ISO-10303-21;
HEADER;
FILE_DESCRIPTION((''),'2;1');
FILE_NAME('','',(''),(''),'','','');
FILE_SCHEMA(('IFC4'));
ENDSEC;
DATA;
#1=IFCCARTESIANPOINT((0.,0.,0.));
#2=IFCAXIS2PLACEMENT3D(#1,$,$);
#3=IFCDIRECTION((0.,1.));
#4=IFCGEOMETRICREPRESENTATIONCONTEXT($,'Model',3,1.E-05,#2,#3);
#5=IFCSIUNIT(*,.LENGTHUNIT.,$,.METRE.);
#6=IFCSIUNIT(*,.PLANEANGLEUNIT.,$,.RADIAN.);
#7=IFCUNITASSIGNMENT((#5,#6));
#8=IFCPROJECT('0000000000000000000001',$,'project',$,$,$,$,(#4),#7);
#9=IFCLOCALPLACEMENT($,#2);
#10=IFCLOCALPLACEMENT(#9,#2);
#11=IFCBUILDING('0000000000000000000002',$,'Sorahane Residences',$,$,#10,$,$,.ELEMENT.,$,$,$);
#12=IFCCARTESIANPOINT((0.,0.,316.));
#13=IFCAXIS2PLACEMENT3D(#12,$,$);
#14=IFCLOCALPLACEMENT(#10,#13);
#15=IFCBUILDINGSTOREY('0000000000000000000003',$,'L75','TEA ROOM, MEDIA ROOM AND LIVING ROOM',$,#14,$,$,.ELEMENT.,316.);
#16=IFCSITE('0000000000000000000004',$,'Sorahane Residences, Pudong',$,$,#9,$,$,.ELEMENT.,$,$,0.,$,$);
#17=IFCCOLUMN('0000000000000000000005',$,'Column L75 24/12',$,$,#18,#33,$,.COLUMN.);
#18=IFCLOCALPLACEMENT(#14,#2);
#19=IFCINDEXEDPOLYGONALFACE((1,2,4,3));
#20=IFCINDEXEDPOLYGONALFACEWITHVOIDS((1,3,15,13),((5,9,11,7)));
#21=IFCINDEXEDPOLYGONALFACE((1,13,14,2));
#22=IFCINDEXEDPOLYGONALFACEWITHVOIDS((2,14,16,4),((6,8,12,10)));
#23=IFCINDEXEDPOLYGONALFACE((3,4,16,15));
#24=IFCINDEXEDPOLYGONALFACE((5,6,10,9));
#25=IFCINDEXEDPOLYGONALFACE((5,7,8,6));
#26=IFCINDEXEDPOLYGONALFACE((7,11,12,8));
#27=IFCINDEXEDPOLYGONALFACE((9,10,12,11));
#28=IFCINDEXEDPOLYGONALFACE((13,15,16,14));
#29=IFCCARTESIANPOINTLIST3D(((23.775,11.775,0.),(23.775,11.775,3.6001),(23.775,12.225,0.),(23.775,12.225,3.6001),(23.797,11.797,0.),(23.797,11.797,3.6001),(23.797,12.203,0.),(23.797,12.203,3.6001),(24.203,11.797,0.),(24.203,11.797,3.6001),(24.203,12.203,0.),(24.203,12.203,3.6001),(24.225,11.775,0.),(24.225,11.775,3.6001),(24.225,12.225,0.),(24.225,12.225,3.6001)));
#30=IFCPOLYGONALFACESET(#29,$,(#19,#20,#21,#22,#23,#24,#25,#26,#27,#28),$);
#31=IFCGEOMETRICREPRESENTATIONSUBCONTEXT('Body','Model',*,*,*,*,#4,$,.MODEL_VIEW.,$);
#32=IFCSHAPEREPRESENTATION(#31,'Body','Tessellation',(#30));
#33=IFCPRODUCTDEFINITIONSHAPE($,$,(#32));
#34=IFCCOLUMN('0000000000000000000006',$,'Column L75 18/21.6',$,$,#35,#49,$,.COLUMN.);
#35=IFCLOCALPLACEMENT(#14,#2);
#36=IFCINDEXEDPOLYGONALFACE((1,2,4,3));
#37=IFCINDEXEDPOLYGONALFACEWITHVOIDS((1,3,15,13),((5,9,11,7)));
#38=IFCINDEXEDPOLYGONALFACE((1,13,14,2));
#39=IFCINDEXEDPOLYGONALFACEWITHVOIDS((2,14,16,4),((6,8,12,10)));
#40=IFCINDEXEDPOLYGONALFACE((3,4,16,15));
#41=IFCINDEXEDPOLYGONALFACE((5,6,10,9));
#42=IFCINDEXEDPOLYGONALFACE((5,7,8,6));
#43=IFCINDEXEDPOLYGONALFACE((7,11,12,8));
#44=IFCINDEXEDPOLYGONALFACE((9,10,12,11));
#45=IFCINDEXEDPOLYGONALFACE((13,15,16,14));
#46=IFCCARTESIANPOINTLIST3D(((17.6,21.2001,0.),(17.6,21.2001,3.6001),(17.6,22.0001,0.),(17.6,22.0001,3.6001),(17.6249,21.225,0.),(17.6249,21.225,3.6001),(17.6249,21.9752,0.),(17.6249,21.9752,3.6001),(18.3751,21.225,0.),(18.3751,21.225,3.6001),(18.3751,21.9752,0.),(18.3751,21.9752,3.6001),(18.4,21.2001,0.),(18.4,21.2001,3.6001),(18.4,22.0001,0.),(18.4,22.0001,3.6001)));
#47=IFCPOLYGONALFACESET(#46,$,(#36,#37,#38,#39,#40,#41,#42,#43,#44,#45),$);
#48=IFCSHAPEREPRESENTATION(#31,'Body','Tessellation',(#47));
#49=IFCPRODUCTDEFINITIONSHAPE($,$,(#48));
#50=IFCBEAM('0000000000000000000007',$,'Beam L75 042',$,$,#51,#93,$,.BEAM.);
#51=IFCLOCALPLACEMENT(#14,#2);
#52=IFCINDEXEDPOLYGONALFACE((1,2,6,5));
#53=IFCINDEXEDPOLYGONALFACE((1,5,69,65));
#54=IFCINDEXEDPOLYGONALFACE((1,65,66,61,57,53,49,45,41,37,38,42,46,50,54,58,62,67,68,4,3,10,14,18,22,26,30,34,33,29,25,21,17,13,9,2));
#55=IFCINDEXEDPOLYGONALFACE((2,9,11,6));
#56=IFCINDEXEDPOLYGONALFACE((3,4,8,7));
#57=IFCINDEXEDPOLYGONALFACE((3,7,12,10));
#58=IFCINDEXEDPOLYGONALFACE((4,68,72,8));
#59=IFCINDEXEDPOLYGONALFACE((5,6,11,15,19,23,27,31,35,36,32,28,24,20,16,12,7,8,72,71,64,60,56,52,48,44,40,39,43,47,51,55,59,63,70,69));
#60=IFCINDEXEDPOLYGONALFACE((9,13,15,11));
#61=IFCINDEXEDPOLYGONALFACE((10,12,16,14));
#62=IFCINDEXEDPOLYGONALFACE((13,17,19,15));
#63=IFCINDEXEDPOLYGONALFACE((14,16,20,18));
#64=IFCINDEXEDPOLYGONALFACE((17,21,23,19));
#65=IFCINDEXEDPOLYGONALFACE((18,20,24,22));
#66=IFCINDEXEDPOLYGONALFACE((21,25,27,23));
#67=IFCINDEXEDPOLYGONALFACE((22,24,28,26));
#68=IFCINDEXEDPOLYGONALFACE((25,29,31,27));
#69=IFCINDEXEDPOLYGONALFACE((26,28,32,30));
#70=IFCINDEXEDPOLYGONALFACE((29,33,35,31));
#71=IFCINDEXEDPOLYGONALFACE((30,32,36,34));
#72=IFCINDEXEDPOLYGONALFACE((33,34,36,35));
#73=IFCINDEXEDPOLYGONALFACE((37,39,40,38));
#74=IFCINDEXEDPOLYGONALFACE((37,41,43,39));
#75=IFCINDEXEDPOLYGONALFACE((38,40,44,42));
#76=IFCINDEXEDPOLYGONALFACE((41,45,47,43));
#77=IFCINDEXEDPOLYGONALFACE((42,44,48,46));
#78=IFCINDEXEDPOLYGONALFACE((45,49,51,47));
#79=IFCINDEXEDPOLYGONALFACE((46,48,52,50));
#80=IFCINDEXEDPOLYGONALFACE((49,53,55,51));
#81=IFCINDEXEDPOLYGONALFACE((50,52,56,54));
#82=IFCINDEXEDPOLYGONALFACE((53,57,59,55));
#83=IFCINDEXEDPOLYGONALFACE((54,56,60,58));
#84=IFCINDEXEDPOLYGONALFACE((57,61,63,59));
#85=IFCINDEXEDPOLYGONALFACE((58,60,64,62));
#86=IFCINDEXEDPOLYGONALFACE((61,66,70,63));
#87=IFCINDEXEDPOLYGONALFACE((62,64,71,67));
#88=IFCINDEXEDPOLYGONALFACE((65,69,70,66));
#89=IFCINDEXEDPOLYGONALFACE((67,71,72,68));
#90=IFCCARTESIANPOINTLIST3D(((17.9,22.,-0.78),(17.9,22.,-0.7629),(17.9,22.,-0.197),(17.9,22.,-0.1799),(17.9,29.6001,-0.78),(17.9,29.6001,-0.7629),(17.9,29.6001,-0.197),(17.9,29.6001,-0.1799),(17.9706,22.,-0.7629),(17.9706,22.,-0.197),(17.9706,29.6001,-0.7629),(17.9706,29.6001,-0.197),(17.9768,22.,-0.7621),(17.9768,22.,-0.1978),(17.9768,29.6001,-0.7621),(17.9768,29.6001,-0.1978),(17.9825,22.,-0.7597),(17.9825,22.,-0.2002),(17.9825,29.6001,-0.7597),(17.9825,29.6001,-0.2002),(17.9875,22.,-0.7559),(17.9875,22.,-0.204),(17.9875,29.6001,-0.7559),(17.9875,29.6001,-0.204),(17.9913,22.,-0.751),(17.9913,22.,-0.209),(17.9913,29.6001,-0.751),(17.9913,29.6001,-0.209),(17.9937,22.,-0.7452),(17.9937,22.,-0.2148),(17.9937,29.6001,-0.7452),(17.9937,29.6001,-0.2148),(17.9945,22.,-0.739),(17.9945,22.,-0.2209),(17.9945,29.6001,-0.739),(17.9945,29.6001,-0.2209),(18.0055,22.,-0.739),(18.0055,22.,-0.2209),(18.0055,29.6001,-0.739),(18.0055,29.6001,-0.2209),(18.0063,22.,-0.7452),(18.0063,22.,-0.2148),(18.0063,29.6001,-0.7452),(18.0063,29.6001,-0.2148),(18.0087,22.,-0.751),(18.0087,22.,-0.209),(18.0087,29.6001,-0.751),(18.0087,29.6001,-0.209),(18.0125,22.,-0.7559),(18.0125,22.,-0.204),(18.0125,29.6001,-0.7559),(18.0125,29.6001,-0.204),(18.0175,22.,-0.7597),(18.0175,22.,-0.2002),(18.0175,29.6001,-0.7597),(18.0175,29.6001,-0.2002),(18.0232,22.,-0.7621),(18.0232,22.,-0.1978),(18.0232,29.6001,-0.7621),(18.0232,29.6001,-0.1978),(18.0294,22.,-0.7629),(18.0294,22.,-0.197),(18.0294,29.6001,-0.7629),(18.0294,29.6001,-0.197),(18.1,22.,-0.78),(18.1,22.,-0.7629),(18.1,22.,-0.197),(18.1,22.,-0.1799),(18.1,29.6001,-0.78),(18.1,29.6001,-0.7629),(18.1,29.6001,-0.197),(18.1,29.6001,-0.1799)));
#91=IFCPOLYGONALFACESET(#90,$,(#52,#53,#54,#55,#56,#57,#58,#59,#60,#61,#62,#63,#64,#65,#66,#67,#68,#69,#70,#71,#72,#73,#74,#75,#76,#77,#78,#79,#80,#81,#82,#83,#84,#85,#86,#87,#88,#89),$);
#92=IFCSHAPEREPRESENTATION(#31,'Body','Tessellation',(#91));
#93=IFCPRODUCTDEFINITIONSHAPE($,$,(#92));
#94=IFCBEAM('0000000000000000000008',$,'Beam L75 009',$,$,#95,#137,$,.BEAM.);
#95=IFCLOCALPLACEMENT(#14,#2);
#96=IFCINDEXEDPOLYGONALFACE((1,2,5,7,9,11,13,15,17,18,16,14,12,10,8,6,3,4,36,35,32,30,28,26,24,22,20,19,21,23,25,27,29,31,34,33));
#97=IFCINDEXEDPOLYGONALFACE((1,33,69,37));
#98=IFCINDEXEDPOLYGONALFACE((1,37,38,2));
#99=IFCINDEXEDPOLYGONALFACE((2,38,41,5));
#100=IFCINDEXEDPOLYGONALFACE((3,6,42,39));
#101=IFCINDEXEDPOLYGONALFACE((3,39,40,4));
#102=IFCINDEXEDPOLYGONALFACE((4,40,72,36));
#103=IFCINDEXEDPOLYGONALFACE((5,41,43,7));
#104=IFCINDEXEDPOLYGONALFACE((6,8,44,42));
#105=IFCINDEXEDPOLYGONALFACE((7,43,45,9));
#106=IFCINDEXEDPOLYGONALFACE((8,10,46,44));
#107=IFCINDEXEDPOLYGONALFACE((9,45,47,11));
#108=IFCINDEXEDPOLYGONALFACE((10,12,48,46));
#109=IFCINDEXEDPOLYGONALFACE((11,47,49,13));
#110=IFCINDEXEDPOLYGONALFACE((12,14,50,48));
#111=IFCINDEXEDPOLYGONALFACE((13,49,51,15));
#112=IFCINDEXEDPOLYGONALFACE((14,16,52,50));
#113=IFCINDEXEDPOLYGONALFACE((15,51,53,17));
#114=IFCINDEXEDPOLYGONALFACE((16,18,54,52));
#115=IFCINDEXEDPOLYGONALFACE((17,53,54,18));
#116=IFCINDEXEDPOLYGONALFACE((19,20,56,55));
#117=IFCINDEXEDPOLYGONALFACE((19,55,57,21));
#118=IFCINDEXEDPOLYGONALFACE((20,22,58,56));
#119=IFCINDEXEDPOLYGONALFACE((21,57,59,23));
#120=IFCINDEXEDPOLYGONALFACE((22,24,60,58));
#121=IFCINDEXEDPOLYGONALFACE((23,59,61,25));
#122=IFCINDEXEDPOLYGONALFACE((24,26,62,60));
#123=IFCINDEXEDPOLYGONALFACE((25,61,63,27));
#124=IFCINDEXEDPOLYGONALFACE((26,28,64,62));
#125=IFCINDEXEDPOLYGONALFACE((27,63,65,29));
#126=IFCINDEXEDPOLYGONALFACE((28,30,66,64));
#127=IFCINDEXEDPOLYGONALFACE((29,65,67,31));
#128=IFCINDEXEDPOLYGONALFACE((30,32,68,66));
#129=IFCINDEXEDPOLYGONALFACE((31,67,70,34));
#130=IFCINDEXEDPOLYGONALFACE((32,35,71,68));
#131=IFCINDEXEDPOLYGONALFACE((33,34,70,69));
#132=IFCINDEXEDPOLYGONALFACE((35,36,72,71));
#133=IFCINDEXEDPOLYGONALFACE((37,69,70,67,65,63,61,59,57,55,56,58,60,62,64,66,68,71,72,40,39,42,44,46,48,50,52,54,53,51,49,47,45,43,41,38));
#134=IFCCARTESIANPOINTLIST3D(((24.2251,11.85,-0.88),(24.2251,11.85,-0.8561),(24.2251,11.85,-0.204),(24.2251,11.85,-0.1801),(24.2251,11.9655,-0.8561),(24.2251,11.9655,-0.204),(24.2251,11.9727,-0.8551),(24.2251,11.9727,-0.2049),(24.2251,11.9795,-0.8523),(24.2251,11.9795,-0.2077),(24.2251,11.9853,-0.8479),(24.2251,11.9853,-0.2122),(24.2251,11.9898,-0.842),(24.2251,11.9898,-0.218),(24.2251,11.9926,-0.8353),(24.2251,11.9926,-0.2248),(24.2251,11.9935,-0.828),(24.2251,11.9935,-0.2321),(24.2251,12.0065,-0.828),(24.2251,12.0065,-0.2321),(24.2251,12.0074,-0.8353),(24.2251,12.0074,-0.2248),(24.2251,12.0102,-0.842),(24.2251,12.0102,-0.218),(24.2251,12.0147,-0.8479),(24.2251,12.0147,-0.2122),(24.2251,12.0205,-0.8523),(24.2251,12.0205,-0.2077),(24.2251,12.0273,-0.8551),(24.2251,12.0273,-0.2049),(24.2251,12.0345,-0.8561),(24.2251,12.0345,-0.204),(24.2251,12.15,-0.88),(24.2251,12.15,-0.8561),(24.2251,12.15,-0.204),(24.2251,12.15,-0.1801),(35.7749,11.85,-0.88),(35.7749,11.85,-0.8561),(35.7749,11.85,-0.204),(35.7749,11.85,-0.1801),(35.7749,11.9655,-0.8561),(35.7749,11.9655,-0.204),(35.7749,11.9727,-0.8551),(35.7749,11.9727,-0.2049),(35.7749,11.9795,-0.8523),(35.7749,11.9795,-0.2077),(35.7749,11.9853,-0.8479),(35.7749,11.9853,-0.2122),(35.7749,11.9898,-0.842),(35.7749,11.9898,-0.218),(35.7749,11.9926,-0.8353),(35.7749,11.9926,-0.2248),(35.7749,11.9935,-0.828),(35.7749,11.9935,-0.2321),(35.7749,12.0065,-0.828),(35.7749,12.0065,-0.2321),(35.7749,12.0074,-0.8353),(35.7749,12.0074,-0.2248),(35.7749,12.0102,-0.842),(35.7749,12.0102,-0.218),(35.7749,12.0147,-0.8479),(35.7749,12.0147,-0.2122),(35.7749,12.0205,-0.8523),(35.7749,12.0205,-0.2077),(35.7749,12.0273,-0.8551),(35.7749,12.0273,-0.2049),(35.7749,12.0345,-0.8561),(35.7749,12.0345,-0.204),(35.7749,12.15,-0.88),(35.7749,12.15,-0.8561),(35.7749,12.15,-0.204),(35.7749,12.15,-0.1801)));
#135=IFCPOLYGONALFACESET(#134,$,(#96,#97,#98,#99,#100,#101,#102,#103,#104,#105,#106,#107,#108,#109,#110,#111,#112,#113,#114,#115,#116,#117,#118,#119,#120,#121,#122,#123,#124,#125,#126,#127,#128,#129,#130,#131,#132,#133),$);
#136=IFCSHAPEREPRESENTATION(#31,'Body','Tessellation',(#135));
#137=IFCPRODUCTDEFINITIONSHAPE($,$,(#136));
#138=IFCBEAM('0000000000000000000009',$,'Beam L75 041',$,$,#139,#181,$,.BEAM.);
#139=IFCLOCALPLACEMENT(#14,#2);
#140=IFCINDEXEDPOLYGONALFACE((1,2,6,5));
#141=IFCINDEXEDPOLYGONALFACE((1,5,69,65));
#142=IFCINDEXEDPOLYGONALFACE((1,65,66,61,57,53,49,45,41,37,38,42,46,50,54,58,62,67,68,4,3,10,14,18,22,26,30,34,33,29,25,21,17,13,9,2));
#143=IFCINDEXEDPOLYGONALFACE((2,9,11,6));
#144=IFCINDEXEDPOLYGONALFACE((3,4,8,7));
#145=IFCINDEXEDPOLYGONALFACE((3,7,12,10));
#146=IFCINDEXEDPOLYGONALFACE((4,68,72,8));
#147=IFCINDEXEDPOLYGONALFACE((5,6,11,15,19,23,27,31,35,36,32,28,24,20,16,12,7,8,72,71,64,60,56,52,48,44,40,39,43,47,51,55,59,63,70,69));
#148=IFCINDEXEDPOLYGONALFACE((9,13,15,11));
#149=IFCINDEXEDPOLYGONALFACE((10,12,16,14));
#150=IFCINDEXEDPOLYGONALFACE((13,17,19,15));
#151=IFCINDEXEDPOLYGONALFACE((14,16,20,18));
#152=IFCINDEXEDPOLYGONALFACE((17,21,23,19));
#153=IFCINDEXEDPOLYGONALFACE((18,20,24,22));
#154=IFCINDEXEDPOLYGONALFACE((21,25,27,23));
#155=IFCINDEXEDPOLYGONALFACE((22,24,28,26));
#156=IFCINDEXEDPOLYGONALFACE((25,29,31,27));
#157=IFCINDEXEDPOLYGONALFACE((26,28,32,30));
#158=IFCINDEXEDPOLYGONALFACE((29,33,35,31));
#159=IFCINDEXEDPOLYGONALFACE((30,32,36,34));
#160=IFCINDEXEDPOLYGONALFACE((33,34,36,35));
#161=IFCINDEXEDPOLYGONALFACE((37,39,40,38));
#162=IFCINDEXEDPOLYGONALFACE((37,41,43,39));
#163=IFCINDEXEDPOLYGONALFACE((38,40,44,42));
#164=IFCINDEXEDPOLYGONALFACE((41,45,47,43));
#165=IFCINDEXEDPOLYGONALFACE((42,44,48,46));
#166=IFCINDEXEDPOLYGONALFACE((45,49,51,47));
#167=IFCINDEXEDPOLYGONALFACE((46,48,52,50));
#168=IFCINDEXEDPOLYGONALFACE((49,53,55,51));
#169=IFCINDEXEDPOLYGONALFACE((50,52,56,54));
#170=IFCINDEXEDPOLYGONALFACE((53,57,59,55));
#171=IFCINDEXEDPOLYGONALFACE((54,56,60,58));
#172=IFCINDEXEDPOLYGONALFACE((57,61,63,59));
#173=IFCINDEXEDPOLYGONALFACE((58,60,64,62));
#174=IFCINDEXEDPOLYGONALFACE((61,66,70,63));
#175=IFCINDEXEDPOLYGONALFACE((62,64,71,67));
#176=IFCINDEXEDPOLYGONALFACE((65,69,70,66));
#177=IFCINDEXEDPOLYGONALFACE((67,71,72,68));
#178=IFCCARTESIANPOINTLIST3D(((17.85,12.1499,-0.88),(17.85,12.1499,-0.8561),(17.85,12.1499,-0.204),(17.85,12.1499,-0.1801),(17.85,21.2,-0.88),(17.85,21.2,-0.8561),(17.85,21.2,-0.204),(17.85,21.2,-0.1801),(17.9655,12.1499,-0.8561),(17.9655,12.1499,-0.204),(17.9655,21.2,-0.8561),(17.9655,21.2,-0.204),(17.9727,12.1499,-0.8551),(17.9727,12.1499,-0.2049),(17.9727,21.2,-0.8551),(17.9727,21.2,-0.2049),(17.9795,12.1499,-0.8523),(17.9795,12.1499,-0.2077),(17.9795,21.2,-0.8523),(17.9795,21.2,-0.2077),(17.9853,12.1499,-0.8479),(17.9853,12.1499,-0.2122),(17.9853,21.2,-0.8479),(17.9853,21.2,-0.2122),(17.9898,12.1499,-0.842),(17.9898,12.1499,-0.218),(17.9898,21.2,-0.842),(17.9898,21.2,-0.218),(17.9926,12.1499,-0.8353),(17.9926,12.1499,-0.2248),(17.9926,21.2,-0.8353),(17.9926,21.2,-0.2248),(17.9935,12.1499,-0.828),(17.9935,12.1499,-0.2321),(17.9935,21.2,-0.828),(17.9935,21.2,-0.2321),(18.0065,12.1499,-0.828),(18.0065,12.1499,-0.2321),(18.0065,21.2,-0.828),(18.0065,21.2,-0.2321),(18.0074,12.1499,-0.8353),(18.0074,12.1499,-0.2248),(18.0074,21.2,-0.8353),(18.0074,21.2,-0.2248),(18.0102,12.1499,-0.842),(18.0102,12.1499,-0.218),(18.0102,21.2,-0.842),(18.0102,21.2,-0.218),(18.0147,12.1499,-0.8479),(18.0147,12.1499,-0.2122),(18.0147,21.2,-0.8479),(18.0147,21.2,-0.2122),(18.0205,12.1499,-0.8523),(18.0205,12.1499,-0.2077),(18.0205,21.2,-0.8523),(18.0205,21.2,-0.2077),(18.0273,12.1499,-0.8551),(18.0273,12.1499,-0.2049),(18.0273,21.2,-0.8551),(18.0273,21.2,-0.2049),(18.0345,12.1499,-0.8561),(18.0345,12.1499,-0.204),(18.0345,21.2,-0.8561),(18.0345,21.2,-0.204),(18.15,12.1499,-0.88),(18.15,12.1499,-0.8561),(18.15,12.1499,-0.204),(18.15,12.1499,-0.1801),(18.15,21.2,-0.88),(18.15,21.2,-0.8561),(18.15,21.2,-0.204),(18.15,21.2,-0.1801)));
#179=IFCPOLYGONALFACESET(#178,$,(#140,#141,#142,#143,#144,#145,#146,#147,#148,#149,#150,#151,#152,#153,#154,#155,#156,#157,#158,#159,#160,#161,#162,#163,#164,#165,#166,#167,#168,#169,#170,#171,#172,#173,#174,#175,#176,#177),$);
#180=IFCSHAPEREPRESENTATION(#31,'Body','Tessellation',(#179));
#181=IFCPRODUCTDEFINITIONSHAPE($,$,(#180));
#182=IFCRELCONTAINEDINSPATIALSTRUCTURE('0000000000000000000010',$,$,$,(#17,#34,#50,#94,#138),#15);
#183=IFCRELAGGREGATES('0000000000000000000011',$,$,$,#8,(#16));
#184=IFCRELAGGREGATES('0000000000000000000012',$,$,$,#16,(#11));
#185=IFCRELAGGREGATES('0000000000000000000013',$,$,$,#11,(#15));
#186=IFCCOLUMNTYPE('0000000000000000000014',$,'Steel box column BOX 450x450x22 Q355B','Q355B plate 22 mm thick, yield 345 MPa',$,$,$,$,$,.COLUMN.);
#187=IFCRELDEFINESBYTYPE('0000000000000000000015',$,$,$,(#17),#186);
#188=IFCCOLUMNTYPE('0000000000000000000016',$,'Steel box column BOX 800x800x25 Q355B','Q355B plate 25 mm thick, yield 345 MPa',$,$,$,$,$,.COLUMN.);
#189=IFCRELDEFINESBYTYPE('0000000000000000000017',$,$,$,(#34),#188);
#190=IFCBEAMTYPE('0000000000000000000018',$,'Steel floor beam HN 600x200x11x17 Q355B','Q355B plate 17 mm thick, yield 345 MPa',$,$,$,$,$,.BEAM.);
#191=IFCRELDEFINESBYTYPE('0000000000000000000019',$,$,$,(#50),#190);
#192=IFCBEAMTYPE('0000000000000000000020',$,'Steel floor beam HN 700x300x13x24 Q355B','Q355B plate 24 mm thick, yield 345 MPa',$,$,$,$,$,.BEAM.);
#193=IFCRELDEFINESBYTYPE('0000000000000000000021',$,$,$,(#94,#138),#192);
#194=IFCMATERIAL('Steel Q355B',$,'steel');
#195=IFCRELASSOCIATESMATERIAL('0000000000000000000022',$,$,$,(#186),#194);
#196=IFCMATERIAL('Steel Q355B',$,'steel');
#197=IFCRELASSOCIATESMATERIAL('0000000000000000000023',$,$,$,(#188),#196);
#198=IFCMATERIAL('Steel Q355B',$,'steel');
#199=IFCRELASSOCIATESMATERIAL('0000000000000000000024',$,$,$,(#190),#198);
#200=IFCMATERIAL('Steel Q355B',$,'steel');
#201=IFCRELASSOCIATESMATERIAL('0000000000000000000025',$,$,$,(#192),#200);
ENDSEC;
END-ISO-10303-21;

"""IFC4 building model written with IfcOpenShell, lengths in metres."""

from ifc_helpers import new_model, si_unit, direction, frame, origin, origin_2d, place, context, subcontext, project, spatial, hollow_rectangle, i_section, extrude, material, material_profile, profile_set, type_object, element, save


model = new_model("IFC4")

# Units and contexts
model_context = context("Model", 3, precision=1e-05, world=origin(), true_north=direction((0.0, 1.0)))
body_context = subcontext(model_context, "Body", "Model", "MODEL_VIEW")
ifc_project = project(units=[si_unit("LENGTHUNIT", "METRE"), si_unit("PLANEANGLEUNIT", "RADIAN")], contexts=[model_context])

# Site, building, storey
site_placement = place(None, origin())
site = spatial("IfcSite", under=ifc_project, at=site_placement, Name="Sorahane Residences, Pudong", CompositionType="ELEMENT", RefElevation=0.0)
building_placement = place(site_placement, origin())
building = spatial("IfcBuilding", under=site, at=building_placement, Name="Sorahane Residences", CompositionType="ELEMENT")
storey_placement = place(building_placement, frame((0.0, 0.0, 316.0)))
storey = spatial("IfcBuildingStorey", under=building, at=storey_placement, Name="L75", Description="TEA ROOM, MEDIA ROOM AND LIVING ROOM", CompositionType="ELEMENT", Elevation=316.0)

# Columns
ifc_material_1 = material(Name="Steel Q355B", Category="steel")
ifc_material_profile_1 = material_profile(ifc_material_1, hollow_rectangle(XDim=0.45, YDim=0.45, WallThickness=0.022, at=origin_2d()), Name="BOX 450x450x22")
ifc_profile_set_1 = profile_set([ifc_material_profile_1], Name="Steel Q355B")
column_type_1 = type_object("IfcColumnType", Name="Steel box column BOX 450x450x22 Q355B", Description="Q355B plate 22 mm thick, yield 345 MPa", PredefinedType="COLUMN", material=ifc_profile_set_1)
column_1_placement = place(storey_placement, frame((24.0, 12.0, 0.0), z_axis=(0.0, 0.0, 1.0), x_axis=(1.0, 0.0, 0.0)))
element("IfcColumn", 1, at=column_1_placement, inside=storey, type_object=column_type_1, Name="Column L75 24/12", PredefinedType="COLUMN", context=body_context, shape_type="SweptSolid", body=[
    extrude(hollow_rectangle(XDim=0.45, YDim=0.45, WallThickness=0.022, at=origin_2d()), origin(), (0.0, 0.0, 1.0), 3.6001),
])
ifc_material_2 = material(Name="Steel Q355B", Category="steel")
ifc_material_profile_2 = material_profile(ifc_material_2, hollow_rectangle(XDim=0.8, YDim=0.8, WallThickness=0.0249, at=origin_2d()), Name="BOX 800x800x25")
ifc_profile_set_2 = profile_set([ifc_material_profile_2], Name="Steel Q355B")
column_type_2 = type_object("IfcColumnType", Name="Steel box column BOX 800x800x25 Q355B", Description="Q355B plate 25 mm thick, yield 345 MPa", PredefinedType="COLUMN", material=ifc_profile_set_2)
column_2_placement = place(storey_placement, frame((18.0, 21.6001, 0.0), z_axis=(0.0, 0.0, 1.0), x_axis=(1.0, 0.0, 0.0)))
element("IfcColumn", 2, at=column_2_placement, inside=storey, type_object=column_type_2, Name="Column L75 18/21.6", PredefinedType="COLUMN", context=body_context, shape_type="SweptSolid", body=[
    extrude(hollow_rectangle(XDim=0.8, YDim=0.8, WallThickness=0.0249, at=origin_2d()), origin(), (0.0, 0.0, 1.0), 3.6001),
])

# Beams
ifc_material_3 = material(Name="Steel Q355B", Category="steel")
ifc_material_profile_3 = material_profile(ifc_material_3, i_section(OverallWidth=0.2, OverallDepth=0.6001, WebThickness=0.011, FlangeThickness=0.0171, FilletRadius=0.0239, at=origin_2d()), Name="HN 600x200x11x17")
ifc_profile_set_3 = profile_set([ifc_material_profile_3], Name="Steel Q355B")
beam_type_1 = type_object("IfcBeamType", Name="Steel floor beam HN 600x200x11x17 Q355B", Description="Q355B plate 17 mm thick, yield 345 MPa", PredefinedType="BEAM", material=ifc_profile_set_3)
beam_1_placement = place(storey_placement, frame((18.0, 22.0, -0.48), z_axis=(0.0, 1.0, 0.0), x_axis=(-1.0, 0.0, 0.0)))
element("IfcBeam", 3, at=beam_1_placement, inside=storey, type_object=beam_type_1, Name="Beam L75 042", PredefinedType="BEAM", context=body_context, shape_type="SweptSolid", body=[
    extrude(i_section(OverallWidth=0.2, OverallDepth=0.6001, WebThickness=0.011, FlangeThickness=0.0171, FilletRadius=0.0239, at=origin_2d()), origin(), (0.0, 0.0, 1.0), 7.6001),
])
ifc_material_4 = material(Name="Steel Q355B", Category="steel")
ifc_material_profile_4 = material_profile(ifc_material_4, i_section(OverallWidth=0.3, OverallDepth=0.7, WebThickness=0.0129, FlangeThickness=0.0239, FilletRadius=0.0281, at=origin_2d()), Name="HN 700x300x13x24")
ifc_profile_set_4 = profile_set([ifc_material_profile_4], Name="Steel Q355B")
beam_type_2 = type_object("IfcBeamType", Name="Steel floor beam HN 700x300x13x24 Q355B", Description="Q355B plate 24 mm thick, yield 345 MPa", PredefinedType="BEAM", material=ifc_profile_set_4)
beam_2_placement = place(storey_placement, frame((24.2251, 12.0, -0.53), z_axis=(1.0, 0.0, 0.0), x_axis=(0.0, 1.0, 0.0)))
element("IfcBeam", 4, at=beam_2_placement, inside=storey, type_object=beam_type_2, Name="Beam L75 009", PredefinedType="BEAM", context=body_context, shape_type="SweptSolid", body=[
    extrude(i_section(OverallWidth=0.3, OverallDepth=0.7, WebThickness=0.0129, FlangeThickness=0.0239, FilletRadius=0.0281, at=origin_2d()), origin(), (0.0, 0.0, 1.0), 11.5498),
])
beam_3_placement = place(storey_placement, frame((18.0, 12.1499, -0.53), z_axis=(0.0, 1.0, 0.0), x_axis=(-1.0, 0.0, 0.0)))
element("IfcBeam", 5, at=beam_3_placement, inside=storey, type_object=beam_type_2, Name="Beam L75 041", PredefinedType="BEAM", context=body_context, shape_type="SweptSolid", body=[
    extrude(i_section(OverallWidth=0.3, OverallDepth=0.7, WebThickness=0.0129, FlangeThickness=0.0239, FilletRadius=0.0281, at=origin_2d()), origin(), (0.0, 0.0, 1.0), 9.05),
])

save(model, "model.ifc")
